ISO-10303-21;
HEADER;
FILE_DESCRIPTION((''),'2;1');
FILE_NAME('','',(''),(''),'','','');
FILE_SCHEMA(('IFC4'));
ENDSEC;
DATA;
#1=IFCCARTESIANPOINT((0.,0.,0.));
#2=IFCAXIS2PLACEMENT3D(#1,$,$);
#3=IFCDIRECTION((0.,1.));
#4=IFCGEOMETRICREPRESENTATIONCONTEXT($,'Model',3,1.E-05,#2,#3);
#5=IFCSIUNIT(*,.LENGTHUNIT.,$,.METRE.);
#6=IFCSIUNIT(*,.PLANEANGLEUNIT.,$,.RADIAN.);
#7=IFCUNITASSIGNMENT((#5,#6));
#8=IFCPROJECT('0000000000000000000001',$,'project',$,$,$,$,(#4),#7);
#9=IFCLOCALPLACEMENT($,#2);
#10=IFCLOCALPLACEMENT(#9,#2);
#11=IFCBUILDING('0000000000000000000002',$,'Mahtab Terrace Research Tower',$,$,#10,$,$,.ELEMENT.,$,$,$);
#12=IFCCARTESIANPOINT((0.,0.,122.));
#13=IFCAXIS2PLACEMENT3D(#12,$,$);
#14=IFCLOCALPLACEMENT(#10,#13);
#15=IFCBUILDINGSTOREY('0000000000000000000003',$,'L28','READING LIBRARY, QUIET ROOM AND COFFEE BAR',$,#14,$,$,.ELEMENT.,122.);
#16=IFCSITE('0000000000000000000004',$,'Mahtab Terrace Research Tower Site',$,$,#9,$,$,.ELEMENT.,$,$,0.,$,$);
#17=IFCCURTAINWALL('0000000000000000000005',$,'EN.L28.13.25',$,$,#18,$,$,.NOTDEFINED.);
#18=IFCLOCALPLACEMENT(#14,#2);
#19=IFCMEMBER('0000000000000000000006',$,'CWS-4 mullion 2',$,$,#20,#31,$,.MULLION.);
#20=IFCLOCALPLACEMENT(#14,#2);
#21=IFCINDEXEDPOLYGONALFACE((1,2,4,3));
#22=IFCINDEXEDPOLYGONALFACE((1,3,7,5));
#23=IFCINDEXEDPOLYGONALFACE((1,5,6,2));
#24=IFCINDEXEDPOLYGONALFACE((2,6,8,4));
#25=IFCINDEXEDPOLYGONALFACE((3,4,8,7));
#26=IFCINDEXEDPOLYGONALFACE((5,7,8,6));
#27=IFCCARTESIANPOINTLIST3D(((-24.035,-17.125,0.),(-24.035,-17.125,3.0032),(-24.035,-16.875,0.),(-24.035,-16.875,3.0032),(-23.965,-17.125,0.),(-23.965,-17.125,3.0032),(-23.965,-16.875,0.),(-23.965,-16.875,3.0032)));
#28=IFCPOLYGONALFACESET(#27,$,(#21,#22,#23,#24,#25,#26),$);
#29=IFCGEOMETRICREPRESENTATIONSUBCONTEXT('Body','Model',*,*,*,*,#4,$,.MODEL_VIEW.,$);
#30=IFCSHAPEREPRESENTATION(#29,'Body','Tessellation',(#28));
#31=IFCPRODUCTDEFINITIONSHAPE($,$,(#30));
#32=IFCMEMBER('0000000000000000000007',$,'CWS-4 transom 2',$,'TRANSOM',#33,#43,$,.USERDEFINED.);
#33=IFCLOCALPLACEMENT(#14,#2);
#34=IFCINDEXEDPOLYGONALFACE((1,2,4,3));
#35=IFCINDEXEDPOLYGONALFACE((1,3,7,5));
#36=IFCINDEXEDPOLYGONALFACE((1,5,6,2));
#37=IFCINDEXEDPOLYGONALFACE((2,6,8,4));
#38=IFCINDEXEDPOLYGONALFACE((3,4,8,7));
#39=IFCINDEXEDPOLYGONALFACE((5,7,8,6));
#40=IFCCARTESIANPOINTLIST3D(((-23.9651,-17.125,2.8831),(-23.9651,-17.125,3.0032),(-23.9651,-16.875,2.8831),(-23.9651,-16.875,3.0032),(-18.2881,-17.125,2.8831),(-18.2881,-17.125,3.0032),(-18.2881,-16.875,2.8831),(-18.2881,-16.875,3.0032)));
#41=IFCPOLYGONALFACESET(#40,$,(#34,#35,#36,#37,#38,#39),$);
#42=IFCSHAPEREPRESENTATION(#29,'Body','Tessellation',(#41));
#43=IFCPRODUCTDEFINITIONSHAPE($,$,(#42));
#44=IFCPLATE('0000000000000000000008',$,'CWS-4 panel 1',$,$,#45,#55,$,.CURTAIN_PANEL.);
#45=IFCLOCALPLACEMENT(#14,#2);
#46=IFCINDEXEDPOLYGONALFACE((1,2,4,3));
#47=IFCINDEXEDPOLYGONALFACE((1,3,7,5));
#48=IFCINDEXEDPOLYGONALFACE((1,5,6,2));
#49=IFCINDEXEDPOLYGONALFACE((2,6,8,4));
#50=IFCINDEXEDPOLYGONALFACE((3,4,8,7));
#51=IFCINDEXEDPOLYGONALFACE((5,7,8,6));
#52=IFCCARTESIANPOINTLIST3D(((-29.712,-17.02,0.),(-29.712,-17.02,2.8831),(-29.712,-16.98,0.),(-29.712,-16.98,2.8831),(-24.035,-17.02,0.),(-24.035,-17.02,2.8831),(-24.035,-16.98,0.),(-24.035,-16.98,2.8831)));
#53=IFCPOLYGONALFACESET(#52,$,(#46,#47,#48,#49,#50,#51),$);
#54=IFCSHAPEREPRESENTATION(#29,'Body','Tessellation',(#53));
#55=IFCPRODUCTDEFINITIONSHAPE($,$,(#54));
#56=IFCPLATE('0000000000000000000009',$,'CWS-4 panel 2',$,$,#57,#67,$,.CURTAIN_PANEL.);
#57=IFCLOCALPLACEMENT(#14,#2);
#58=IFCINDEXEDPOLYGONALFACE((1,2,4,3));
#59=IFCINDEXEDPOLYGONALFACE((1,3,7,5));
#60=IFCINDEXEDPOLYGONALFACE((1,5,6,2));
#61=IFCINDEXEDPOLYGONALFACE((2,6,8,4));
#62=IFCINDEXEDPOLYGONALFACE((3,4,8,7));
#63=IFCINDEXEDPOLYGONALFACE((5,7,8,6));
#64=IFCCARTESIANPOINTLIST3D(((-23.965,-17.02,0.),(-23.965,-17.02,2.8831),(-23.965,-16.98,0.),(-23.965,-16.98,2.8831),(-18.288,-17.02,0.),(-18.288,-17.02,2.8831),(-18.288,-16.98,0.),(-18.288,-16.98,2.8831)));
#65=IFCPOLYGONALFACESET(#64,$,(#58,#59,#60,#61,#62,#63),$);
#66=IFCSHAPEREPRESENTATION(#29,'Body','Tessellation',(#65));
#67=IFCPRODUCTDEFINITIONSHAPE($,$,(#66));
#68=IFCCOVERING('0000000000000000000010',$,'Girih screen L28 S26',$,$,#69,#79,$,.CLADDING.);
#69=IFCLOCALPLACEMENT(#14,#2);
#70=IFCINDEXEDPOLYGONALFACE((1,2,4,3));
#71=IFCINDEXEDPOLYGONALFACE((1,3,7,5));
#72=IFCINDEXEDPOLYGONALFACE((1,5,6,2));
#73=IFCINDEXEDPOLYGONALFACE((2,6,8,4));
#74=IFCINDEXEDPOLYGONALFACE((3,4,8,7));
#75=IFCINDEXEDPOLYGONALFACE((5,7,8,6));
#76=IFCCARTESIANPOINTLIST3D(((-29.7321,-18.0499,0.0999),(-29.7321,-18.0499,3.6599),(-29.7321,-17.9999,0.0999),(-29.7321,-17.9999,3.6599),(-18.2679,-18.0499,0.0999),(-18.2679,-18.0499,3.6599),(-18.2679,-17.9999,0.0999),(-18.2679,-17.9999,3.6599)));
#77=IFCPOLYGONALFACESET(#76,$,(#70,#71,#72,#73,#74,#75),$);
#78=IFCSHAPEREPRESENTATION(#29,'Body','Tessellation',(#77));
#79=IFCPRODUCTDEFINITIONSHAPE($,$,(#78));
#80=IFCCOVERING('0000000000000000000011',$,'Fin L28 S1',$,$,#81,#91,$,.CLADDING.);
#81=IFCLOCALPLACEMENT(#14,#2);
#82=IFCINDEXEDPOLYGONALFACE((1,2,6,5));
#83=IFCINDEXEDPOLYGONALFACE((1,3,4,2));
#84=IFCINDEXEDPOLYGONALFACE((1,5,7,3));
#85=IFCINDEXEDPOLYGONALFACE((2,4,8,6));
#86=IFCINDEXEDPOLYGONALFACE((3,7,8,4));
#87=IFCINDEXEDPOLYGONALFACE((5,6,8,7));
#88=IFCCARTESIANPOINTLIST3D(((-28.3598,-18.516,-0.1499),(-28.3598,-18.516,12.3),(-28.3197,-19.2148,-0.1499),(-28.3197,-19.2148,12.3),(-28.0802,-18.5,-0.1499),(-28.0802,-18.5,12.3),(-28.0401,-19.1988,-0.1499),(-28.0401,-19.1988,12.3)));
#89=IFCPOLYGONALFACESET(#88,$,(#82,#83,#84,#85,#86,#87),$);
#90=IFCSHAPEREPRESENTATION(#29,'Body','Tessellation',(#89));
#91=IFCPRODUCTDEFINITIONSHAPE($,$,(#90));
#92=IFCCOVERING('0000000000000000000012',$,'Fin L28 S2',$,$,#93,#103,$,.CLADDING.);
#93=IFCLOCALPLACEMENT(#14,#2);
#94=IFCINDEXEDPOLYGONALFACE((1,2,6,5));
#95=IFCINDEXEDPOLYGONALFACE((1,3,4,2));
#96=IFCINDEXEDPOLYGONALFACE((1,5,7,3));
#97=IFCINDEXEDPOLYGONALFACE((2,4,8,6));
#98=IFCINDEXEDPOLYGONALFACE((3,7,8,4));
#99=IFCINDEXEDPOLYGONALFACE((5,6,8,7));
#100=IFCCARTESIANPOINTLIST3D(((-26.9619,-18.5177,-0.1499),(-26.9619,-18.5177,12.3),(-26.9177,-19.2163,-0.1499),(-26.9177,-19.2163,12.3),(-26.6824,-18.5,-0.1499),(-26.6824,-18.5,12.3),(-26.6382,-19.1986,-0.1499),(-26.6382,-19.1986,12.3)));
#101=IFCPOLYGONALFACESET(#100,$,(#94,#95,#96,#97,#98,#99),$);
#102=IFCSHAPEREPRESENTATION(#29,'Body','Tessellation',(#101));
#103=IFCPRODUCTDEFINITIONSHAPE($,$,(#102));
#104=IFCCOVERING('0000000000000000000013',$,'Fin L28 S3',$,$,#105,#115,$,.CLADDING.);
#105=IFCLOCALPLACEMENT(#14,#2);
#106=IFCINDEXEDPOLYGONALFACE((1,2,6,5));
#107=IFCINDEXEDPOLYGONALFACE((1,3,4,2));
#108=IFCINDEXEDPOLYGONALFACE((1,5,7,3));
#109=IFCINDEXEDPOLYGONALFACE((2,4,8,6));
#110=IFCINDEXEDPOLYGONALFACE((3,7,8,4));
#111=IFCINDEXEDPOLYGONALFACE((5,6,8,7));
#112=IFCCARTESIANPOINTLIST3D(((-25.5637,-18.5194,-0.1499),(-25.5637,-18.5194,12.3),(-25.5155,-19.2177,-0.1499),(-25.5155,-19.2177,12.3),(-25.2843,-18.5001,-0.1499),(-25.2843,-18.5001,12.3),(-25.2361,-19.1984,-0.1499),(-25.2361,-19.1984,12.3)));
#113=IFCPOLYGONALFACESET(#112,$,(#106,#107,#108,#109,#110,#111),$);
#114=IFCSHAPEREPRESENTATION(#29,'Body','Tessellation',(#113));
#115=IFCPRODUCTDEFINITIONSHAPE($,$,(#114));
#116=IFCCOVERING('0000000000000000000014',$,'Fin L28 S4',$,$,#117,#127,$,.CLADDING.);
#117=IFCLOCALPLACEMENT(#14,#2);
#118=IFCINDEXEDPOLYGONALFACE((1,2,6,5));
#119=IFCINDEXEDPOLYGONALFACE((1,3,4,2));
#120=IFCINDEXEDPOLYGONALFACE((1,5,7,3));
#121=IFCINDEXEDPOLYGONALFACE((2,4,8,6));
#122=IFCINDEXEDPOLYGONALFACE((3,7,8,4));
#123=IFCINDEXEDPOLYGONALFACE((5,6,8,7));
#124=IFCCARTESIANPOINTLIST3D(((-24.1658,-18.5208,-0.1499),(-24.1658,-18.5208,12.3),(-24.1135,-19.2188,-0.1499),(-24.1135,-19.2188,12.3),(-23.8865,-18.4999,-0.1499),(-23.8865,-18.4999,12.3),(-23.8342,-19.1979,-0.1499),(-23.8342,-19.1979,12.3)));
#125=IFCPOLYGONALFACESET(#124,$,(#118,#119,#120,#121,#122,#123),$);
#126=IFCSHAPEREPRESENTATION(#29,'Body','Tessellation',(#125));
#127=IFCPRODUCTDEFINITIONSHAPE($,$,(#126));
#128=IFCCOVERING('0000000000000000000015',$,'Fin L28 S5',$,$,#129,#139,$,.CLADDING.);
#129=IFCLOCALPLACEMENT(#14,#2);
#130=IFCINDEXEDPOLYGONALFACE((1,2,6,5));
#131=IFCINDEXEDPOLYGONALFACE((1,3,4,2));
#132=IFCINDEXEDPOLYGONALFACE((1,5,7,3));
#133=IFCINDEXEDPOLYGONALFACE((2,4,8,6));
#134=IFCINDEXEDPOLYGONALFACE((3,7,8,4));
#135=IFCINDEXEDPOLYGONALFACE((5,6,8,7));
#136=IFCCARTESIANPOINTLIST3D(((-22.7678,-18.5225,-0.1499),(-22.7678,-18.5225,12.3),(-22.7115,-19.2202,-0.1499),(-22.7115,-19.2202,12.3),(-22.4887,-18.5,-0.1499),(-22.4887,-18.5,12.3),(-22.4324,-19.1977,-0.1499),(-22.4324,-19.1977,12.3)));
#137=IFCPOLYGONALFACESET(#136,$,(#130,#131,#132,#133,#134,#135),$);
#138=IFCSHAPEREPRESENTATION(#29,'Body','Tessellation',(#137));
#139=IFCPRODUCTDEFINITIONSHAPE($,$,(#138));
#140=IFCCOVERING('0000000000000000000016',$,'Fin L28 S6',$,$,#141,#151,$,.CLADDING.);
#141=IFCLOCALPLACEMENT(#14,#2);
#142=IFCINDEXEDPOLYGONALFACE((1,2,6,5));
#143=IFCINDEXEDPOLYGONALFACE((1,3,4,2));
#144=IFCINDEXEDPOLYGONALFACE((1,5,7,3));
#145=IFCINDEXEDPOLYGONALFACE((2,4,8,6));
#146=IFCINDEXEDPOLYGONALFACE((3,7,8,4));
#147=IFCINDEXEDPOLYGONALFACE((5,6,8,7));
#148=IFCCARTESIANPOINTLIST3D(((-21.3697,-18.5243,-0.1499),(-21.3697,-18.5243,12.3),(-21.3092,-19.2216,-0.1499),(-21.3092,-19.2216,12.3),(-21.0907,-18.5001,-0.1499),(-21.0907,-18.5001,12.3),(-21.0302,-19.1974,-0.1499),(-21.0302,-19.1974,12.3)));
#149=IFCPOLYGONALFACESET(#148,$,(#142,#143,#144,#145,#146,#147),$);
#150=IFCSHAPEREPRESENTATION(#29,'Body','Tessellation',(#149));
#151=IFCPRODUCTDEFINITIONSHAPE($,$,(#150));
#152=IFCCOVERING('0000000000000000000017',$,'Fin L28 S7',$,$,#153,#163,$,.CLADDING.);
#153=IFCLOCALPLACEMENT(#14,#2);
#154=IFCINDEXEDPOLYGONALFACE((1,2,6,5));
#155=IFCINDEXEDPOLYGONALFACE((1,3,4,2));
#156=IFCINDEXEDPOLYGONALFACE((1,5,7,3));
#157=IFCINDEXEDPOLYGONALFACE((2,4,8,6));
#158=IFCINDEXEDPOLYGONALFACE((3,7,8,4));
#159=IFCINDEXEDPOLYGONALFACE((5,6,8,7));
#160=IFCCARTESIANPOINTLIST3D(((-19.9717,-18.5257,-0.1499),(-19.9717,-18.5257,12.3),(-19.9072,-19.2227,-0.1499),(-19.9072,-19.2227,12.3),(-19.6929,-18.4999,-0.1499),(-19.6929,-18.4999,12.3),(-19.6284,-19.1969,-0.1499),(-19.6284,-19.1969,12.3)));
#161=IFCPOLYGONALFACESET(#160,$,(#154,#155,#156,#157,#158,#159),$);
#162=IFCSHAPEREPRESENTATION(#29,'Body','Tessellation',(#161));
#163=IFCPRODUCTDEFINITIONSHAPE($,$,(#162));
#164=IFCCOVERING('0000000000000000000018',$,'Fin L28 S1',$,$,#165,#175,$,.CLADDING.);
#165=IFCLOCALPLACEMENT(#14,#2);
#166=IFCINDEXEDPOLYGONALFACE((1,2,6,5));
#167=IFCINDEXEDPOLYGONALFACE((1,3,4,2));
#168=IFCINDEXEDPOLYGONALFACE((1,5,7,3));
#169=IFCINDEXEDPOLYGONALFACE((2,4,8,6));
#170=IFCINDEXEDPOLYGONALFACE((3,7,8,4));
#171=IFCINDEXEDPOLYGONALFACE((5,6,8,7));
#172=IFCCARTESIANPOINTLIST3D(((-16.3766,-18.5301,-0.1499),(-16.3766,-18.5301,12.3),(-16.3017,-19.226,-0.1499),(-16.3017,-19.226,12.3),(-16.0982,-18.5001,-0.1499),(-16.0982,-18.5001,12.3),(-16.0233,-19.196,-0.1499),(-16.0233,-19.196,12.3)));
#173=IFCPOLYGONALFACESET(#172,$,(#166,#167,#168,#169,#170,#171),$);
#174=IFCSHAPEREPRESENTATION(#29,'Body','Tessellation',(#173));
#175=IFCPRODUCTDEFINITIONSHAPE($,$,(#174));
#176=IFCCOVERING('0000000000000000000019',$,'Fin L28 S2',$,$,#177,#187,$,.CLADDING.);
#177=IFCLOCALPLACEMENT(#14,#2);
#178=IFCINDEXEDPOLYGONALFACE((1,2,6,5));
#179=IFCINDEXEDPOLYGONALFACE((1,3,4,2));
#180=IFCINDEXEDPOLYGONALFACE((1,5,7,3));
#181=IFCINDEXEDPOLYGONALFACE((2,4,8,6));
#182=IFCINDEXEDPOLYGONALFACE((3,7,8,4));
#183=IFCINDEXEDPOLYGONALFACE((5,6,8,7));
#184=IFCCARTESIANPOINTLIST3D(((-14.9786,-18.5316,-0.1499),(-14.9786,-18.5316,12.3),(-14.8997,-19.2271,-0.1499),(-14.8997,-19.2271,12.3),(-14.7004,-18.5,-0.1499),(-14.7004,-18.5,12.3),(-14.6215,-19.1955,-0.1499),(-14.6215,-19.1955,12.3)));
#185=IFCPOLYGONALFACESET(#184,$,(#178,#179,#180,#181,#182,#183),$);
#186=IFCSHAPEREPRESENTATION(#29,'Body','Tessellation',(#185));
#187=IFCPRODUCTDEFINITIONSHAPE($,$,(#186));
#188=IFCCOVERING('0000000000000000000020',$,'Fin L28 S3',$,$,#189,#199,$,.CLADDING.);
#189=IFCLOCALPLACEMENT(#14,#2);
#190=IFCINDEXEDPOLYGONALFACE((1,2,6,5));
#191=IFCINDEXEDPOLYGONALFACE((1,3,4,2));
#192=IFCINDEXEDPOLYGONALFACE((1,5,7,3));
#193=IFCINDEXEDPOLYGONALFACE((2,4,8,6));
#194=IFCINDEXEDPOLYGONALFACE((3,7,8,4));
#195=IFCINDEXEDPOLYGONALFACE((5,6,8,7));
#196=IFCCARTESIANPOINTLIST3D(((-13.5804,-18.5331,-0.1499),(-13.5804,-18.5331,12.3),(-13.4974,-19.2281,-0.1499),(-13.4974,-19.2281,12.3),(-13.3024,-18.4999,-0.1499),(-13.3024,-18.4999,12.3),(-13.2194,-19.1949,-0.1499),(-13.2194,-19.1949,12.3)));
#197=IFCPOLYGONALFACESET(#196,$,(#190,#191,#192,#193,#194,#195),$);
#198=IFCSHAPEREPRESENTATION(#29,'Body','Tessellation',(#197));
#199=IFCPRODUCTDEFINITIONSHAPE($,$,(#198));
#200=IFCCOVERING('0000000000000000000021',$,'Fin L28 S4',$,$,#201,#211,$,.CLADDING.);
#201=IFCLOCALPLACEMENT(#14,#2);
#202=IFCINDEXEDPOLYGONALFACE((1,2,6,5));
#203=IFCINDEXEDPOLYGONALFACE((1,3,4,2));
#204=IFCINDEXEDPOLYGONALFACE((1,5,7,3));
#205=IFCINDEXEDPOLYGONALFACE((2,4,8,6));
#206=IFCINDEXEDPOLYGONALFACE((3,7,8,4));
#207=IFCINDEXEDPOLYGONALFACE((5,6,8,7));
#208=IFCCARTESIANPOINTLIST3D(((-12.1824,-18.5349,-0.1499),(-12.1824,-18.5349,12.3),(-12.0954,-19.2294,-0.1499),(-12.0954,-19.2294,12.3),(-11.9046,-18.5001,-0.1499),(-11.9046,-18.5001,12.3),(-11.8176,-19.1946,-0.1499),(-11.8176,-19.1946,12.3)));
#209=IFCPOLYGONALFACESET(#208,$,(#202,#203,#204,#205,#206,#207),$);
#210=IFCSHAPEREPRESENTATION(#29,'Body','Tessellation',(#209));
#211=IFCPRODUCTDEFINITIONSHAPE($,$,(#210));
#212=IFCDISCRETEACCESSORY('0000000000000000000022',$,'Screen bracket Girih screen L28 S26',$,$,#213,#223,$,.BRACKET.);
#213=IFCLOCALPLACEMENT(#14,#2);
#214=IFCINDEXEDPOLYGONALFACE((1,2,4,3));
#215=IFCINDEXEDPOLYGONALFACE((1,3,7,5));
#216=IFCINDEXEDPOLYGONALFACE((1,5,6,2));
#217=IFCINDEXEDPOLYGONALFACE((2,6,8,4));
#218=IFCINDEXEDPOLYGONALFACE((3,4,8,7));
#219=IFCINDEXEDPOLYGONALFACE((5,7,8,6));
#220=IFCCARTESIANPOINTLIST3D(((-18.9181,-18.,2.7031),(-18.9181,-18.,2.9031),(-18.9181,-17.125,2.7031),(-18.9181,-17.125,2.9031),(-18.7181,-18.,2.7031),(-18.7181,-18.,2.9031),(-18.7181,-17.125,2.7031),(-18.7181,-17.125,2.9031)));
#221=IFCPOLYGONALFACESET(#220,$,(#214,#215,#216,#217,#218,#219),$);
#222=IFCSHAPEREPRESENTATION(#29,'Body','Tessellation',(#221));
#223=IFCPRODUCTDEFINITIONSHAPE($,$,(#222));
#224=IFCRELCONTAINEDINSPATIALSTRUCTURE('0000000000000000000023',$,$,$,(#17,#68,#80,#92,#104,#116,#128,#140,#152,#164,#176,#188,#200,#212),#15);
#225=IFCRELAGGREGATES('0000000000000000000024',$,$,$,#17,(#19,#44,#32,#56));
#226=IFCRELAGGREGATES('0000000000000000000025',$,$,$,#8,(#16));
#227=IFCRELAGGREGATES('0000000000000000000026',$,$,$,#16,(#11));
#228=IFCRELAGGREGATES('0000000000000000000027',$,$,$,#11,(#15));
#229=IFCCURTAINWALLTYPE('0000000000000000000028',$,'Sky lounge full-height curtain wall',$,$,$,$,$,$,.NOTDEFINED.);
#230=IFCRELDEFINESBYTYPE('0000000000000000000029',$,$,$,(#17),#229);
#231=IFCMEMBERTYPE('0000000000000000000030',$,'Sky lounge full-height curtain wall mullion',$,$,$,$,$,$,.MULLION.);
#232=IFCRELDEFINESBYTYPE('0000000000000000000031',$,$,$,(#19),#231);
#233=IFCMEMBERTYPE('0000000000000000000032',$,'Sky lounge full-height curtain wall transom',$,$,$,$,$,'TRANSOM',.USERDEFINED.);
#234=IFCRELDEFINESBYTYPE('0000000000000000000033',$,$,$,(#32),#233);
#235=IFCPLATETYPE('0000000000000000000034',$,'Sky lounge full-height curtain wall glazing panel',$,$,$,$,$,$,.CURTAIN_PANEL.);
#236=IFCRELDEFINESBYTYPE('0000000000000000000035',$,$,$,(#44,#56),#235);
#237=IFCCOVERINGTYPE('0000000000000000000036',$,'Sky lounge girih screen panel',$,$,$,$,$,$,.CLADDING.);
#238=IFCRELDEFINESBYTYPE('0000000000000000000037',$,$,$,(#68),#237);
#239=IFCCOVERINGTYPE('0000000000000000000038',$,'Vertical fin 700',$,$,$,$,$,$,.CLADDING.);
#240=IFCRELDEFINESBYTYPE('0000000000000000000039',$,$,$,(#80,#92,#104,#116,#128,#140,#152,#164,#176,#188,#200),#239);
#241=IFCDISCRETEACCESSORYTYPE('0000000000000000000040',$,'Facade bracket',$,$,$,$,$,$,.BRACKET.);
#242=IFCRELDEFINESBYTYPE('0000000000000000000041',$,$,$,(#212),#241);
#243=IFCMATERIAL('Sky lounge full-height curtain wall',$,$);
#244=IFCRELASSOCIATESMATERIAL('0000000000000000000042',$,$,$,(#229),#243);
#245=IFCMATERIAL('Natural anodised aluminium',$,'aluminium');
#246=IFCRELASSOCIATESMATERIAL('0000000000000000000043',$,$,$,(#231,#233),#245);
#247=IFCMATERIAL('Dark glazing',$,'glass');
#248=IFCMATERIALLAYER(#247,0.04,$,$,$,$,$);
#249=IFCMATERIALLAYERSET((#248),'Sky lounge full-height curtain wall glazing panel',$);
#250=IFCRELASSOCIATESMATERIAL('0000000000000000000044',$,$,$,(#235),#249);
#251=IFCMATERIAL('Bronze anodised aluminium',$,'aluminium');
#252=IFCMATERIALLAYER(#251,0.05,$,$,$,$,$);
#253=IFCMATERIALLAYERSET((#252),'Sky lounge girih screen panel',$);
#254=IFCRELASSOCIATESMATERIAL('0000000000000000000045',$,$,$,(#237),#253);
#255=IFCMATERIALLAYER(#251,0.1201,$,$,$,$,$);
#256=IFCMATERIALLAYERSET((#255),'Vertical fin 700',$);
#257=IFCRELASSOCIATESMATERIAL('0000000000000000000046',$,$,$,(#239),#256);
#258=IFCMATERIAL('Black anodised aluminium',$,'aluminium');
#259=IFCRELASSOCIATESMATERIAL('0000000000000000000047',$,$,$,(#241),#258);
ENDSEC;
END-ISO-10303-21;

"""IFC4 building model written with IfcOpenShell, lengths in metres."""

from ifc_helpers import new_model, si_unit, direction, frame, origin, origin_2d, place, context, subcontext, project, spatial, rectangle, extrude, material, layer, layer_set, material_profile, profile_set, type_object, element, aggregate, save


model = new_model("IFC4")

# Units and contexts
model_context = context("Model", 3, precision=1e-05, world=origin(), true_north=direction((0.0, 1.0)))
body_context = subcontext(model_context, "Body", "Model", "MODEL_VIEW")
ifc_project = project(units=[si_unit("LENGTHUNIT", "METRE"), si_unit("PLANEANGLEUNIT", "RADIAN")], contexts=[model_context])

# Site, building, storey
site_placement = place(None, origin())
site = spatial("IfcSite", under=ifc_project, at=site_placement, Name="Mahtab Terrace Research Tower Site", CompositionType="ELEMENT", RefElevation=0.0)
building_placement = place(site_placement, origin())
building = spatial("IfcBuilding", under=site, at=building_placement, Name="Mahtab Terrace Research Tower", CompositionType="ELEMENT")
storey_placement = place(building_placement, frame((0.0, 0.0, 122.0)))
storey = spatial("IfcBuildingStorey", under=building, at=storey_placement, Name="L28", Description="READING LIBRARY, QUIET ROOM AND COFFEE BAR", CompositionType="ELEMENT", Elevation=122.0)

# Curtain wall, members, plates
ifc_material_1 = material(Name="Sky lounge full-height curtain wall")
curtain_wall_type = type_object("IfcCurtainWallType", Name="Sky lounge full-height curtain wall", PredefinedType="NOTDEFINED", material=ifc_material_1)
curtain_wall_placement = place(storey_placement, origin())
curtain_wall = element("IfcCurtainWall", 1, at=curtain_wall_placement, inside=storey, type_object=curtain_wall_type, Name="EN.L28.13.25", PredefinedType="NOTDEFINED")
ifc_material_2 = material(Name="Natural anodised aluminium", Category="aluminium")
ifc_material_profile_1 = material_profile(ifc_material_2, rectangle(XDim=0.25, YDim=0.0701, at=origin_2d()), Name="MULLION 70x250")
ifc_profile_set_1 = profile_set([ifc_material_profile_1], Name="Natural anodised aluminium")
member_type_1 = type_object("IfcMemberType", Name="Sky lounge full-height curtain wall mullion", PredefinedType="MULLION", material=ifc_profile_set_1)
member_1_placement = place(storey_placement, frame((-24.0, -17.0, 0.0), z_axis=(0.0, 0.0, 1.0), x_axis=(0.0, 1.0, 0.0)))
member_1 = element("IfcMember", 2, at=member_1_placement, type_object=member_type_1, Name="CWS-4 mullion 2", PredefinedType="MULLION", context=body_context, shape_type="SweptSolid", body=[
    extrude(rectangle(XDim=0.25, YDim=0.0701, at=origin_2d()), origin(), (0.0, 0.0, 1.0), 3.0032),
])
ifc_material_profile_2 = material_profile(ifc_material_2, rectangle(XDim=0.25, YDim=0.1201, at=origin_2d()), Name="TRANSOM 120x250")
ifc_profile_set_2 = profile_set([ifc_material_profile_2], Name="Natural anodised aluminium")
member_type_2 = type_object("IfcMemberType", Name="Sky lounge full-height curtain wall transom", ElementType="TRANSOM", PredefinedType="USERDEFINED", material=ifc_profile_set_2)
member_2_placement = place(storey_placement, frame((-23.9651, -17.0, 2.9431), z_axis=(1.0, 0.0, 0.0), x_axis=(0.0, 1.0, 0.0)))
member_2 = element("IfcMember", 3, at=member_2_placement, type_object=member_type_2, Name="CWS-4 transom 2", ObjectType="TRANSOM", PredefinedType="USERDEFINED", context=body_context, shape_type="SweptSolid", body=[
    extrude(rectangle(XDim=0.25, YDim=0.1201, at=origin_2d()), origin(), (0.0, 0.0, 1.0), 5.677),
])
ifc_material_3 = material(Name="Dark glazing", Category="glass")
ifc_layer_1 = layer(ifc_material_3, 0.04)
ifc_layer_set_1 = layer_set([ifc_layer_1], Name="Sky lounge full-height curtain wall glazing panel")
plate_type = type_object("IfcPlateType", Name="Sky lounge full-height curtain wall glazing panel", PredefinedType="CURTAIN_PANEL", material=ifc_layer_set_1)
plate_1_placement = place(storey_placement, frame((-26.8735, -17.0, 0.0), z_axis=(0.0, 0.0, 1.0), x_axis=(1.0, 0.0, 0.0)))
plate_1 = element("IfcPlate", 4, at=plate_1_placement, type_object=plate_type, Name="CWS-4 panel 1", PredefinedType="CURTAIN_PANEL", context=body_context, shape_type="SweptSolid", body=[
    extrude(rectangle(XDim=5.677, YDim=0.04, at=origin_2d()), origin(), (0.0, 0.0, 1.0), 2.8831),
])
plate_2_placement = place(storey_placement, frame((-21.1265, -17.0, 0.0), z_axis=(0.0, 0.0, 1.0), x_axis=(1.0, 0.0, 0.0)))
plate_2 = element("IfcPlate", 5, at=plate_2_placement, type_object=plate_type, Name="CWS-4 panel 2", PredefinedType="CURTAIN_PANEL", context=body_context, shape_type="SweptSolid", body=[
    extrude(rectangle(XDim=5.677, YDim=0.04, at=origin_2d()), origin(), (0.0, 0.0, 1.0), 2.8831),
])
aggregate(curtain_wall, [member_1, plate_1, member_2, plate_2])

# Coverings
ifc_material_4 = material(Name="Bronze anodised aluminium", Category="aluminium")
ifc_layer_2 = layer(ifc_material_4, 0.05)
ifc_layer_set_2 = layer_set([ifc_layer_2], Name="Sky lounge girih screen panel")
covering_type_1 = type_object("IfcCoveringType", Name="Sky lounge girih screen panel", PredefinedType="CLADDING", material=ifc_layer_set_2)
covering_placement = place(storey_placement, frame((-24.0, -18.0249, 0.0999), z_axis=(0.0, 0.0, 1.0), x_axis=(1.0, 0.0, 0.0)))
element("IfcCovering", 6, at=covering_placement, inside=storey, type_object=covering_type_1, Name="Girih screen L28 S26", PredefinedType="CLADDING", context=body_context, shape_type="SweptSolid", body=[
    extrude(rectangle(XDim=11.4641, YDim=0.05, at=origin_2d()), origin(), (0.0, 0.0, 1.0), 3.5601),
])
ifc_layer_3 = layer(ifc_material_4, 0.1201)
ifc_layer_set_3 = layer_set([ifc_layer_3], Name="Vertical fin 700")
covering_type_2 = type_object("IfcCoveringType", Name="Vertical fin 700", PredefinedType="CLADDING", material=ifc_layer_set_3)
for number, where, z_axis, x_axis, name in (
    (7, (-28.2, -18.8574, -0.1499), (0.0, 0.0, 1.0), (0.998356, 0.057315, 0.0), "Fin L28 S1"),
    (8, (-26.8, -18.8582, -0.1499), (0.0, 0.0, 1.0), (0.998006, 0.063122, 0.0), "Fin L28 S2"),
    (9, (-25.3999, -18.8589, -0.1499), (0.0, 0.0, 1.0), (0.997622, 0.068927, 0.0), "Fin L28 S3"),
    (10, (-24.0, -18.8594, -0.1499), (0.0, 0.0, 1.0), (0.997204, 0.07473, 0.0), "Fin L28 S4"),
    (11, (-22.6001, -18.8601, -0.1499), (0.0, 0.0, 1.0), (0.996752, 0.08053, 0.0), "Fin L28 S5"),
    (12, (-21.2, -18.8608, -0.1499), (0.0, 0.0, 1.0), (0.996267, 0.086328, 0.0), "Fin L28 S6"),
    (13, (-19.8, -18.8613, -0.1499), (0.0, 0.0, 1.0), (0.995748, 0.092122, 0.0), "Fin L28 S7"),
    (14, (-16.2, -18.863, -0.1499), (0.0, 0.0, 1.0), (0.994258, 0.107008, 0.0), "Fin L28 S1"),
    (15, (-14.8, -18.8635, -0.1499), (0.0, 0.0, 1.0), (0.993619, 0.11279, 0.0), "Fin L28 S2"),
    (16, (-13.3999, -18.864, -0.1499), (0.0, 0.0, 1.0), (0.992946, 0.118569, 0.0), "Fin L28 S3"),
    (17, (-12.0, -18.8647, -0.1499), (0.0, 0.0, 1.0), (0.992239, 0.124344, 0.0), "Fin L28 S4"),
):
    element("IfcCovering", number, at=place(storey_placement, frame(where, z_axis=z_axis, x_axis=x_axis)), inside=storey, type_object=covering_type_2, Name=name, PredefinedType="CLADDING", context=body_context, shape_type="SweptSolid", body=[
        extrude(rectangle(XDim=0.28, YDim=0.7, at=origin_2d()), origin(), (0.0, 0.0, 1.0), 12.45),
    ])

# Discrete accessory
ifc_material_5 = material(Name="Black anodised aluminium", Category="aluminium")
discrete_accessory_type = type_object("IfcDiscreteAccessoryType", Name="Facade bracket", PredefinedType="BRACKET", material=ifc_material_5)
for number, where, z_axis, x_axis, name in (
    (18, (-18.8181, -17.5625, 2.7031), (0.0, 0.0, 1.0), (1.0, 0.0, 0.0), "Screen bracket Girih screen L28 S26"),
):
    element("IfcDiscreteAccessory", number, at=place(storey_placement, frame(where, z_axis=z_axis, x_axis=x_axis)), inside=storey, type_object=discrete_accessory_type, Name=name, PredefinedType="BRACKET", context=body_context, shape_type="SweptSolid", body=[
        extrude(rectangle(XDim=0.2, YDim=0.875, at=origin_2d()), origin(), (0.0, 0.0, 1.0), 0.2),
    ])

save(model, "model.ifc")
